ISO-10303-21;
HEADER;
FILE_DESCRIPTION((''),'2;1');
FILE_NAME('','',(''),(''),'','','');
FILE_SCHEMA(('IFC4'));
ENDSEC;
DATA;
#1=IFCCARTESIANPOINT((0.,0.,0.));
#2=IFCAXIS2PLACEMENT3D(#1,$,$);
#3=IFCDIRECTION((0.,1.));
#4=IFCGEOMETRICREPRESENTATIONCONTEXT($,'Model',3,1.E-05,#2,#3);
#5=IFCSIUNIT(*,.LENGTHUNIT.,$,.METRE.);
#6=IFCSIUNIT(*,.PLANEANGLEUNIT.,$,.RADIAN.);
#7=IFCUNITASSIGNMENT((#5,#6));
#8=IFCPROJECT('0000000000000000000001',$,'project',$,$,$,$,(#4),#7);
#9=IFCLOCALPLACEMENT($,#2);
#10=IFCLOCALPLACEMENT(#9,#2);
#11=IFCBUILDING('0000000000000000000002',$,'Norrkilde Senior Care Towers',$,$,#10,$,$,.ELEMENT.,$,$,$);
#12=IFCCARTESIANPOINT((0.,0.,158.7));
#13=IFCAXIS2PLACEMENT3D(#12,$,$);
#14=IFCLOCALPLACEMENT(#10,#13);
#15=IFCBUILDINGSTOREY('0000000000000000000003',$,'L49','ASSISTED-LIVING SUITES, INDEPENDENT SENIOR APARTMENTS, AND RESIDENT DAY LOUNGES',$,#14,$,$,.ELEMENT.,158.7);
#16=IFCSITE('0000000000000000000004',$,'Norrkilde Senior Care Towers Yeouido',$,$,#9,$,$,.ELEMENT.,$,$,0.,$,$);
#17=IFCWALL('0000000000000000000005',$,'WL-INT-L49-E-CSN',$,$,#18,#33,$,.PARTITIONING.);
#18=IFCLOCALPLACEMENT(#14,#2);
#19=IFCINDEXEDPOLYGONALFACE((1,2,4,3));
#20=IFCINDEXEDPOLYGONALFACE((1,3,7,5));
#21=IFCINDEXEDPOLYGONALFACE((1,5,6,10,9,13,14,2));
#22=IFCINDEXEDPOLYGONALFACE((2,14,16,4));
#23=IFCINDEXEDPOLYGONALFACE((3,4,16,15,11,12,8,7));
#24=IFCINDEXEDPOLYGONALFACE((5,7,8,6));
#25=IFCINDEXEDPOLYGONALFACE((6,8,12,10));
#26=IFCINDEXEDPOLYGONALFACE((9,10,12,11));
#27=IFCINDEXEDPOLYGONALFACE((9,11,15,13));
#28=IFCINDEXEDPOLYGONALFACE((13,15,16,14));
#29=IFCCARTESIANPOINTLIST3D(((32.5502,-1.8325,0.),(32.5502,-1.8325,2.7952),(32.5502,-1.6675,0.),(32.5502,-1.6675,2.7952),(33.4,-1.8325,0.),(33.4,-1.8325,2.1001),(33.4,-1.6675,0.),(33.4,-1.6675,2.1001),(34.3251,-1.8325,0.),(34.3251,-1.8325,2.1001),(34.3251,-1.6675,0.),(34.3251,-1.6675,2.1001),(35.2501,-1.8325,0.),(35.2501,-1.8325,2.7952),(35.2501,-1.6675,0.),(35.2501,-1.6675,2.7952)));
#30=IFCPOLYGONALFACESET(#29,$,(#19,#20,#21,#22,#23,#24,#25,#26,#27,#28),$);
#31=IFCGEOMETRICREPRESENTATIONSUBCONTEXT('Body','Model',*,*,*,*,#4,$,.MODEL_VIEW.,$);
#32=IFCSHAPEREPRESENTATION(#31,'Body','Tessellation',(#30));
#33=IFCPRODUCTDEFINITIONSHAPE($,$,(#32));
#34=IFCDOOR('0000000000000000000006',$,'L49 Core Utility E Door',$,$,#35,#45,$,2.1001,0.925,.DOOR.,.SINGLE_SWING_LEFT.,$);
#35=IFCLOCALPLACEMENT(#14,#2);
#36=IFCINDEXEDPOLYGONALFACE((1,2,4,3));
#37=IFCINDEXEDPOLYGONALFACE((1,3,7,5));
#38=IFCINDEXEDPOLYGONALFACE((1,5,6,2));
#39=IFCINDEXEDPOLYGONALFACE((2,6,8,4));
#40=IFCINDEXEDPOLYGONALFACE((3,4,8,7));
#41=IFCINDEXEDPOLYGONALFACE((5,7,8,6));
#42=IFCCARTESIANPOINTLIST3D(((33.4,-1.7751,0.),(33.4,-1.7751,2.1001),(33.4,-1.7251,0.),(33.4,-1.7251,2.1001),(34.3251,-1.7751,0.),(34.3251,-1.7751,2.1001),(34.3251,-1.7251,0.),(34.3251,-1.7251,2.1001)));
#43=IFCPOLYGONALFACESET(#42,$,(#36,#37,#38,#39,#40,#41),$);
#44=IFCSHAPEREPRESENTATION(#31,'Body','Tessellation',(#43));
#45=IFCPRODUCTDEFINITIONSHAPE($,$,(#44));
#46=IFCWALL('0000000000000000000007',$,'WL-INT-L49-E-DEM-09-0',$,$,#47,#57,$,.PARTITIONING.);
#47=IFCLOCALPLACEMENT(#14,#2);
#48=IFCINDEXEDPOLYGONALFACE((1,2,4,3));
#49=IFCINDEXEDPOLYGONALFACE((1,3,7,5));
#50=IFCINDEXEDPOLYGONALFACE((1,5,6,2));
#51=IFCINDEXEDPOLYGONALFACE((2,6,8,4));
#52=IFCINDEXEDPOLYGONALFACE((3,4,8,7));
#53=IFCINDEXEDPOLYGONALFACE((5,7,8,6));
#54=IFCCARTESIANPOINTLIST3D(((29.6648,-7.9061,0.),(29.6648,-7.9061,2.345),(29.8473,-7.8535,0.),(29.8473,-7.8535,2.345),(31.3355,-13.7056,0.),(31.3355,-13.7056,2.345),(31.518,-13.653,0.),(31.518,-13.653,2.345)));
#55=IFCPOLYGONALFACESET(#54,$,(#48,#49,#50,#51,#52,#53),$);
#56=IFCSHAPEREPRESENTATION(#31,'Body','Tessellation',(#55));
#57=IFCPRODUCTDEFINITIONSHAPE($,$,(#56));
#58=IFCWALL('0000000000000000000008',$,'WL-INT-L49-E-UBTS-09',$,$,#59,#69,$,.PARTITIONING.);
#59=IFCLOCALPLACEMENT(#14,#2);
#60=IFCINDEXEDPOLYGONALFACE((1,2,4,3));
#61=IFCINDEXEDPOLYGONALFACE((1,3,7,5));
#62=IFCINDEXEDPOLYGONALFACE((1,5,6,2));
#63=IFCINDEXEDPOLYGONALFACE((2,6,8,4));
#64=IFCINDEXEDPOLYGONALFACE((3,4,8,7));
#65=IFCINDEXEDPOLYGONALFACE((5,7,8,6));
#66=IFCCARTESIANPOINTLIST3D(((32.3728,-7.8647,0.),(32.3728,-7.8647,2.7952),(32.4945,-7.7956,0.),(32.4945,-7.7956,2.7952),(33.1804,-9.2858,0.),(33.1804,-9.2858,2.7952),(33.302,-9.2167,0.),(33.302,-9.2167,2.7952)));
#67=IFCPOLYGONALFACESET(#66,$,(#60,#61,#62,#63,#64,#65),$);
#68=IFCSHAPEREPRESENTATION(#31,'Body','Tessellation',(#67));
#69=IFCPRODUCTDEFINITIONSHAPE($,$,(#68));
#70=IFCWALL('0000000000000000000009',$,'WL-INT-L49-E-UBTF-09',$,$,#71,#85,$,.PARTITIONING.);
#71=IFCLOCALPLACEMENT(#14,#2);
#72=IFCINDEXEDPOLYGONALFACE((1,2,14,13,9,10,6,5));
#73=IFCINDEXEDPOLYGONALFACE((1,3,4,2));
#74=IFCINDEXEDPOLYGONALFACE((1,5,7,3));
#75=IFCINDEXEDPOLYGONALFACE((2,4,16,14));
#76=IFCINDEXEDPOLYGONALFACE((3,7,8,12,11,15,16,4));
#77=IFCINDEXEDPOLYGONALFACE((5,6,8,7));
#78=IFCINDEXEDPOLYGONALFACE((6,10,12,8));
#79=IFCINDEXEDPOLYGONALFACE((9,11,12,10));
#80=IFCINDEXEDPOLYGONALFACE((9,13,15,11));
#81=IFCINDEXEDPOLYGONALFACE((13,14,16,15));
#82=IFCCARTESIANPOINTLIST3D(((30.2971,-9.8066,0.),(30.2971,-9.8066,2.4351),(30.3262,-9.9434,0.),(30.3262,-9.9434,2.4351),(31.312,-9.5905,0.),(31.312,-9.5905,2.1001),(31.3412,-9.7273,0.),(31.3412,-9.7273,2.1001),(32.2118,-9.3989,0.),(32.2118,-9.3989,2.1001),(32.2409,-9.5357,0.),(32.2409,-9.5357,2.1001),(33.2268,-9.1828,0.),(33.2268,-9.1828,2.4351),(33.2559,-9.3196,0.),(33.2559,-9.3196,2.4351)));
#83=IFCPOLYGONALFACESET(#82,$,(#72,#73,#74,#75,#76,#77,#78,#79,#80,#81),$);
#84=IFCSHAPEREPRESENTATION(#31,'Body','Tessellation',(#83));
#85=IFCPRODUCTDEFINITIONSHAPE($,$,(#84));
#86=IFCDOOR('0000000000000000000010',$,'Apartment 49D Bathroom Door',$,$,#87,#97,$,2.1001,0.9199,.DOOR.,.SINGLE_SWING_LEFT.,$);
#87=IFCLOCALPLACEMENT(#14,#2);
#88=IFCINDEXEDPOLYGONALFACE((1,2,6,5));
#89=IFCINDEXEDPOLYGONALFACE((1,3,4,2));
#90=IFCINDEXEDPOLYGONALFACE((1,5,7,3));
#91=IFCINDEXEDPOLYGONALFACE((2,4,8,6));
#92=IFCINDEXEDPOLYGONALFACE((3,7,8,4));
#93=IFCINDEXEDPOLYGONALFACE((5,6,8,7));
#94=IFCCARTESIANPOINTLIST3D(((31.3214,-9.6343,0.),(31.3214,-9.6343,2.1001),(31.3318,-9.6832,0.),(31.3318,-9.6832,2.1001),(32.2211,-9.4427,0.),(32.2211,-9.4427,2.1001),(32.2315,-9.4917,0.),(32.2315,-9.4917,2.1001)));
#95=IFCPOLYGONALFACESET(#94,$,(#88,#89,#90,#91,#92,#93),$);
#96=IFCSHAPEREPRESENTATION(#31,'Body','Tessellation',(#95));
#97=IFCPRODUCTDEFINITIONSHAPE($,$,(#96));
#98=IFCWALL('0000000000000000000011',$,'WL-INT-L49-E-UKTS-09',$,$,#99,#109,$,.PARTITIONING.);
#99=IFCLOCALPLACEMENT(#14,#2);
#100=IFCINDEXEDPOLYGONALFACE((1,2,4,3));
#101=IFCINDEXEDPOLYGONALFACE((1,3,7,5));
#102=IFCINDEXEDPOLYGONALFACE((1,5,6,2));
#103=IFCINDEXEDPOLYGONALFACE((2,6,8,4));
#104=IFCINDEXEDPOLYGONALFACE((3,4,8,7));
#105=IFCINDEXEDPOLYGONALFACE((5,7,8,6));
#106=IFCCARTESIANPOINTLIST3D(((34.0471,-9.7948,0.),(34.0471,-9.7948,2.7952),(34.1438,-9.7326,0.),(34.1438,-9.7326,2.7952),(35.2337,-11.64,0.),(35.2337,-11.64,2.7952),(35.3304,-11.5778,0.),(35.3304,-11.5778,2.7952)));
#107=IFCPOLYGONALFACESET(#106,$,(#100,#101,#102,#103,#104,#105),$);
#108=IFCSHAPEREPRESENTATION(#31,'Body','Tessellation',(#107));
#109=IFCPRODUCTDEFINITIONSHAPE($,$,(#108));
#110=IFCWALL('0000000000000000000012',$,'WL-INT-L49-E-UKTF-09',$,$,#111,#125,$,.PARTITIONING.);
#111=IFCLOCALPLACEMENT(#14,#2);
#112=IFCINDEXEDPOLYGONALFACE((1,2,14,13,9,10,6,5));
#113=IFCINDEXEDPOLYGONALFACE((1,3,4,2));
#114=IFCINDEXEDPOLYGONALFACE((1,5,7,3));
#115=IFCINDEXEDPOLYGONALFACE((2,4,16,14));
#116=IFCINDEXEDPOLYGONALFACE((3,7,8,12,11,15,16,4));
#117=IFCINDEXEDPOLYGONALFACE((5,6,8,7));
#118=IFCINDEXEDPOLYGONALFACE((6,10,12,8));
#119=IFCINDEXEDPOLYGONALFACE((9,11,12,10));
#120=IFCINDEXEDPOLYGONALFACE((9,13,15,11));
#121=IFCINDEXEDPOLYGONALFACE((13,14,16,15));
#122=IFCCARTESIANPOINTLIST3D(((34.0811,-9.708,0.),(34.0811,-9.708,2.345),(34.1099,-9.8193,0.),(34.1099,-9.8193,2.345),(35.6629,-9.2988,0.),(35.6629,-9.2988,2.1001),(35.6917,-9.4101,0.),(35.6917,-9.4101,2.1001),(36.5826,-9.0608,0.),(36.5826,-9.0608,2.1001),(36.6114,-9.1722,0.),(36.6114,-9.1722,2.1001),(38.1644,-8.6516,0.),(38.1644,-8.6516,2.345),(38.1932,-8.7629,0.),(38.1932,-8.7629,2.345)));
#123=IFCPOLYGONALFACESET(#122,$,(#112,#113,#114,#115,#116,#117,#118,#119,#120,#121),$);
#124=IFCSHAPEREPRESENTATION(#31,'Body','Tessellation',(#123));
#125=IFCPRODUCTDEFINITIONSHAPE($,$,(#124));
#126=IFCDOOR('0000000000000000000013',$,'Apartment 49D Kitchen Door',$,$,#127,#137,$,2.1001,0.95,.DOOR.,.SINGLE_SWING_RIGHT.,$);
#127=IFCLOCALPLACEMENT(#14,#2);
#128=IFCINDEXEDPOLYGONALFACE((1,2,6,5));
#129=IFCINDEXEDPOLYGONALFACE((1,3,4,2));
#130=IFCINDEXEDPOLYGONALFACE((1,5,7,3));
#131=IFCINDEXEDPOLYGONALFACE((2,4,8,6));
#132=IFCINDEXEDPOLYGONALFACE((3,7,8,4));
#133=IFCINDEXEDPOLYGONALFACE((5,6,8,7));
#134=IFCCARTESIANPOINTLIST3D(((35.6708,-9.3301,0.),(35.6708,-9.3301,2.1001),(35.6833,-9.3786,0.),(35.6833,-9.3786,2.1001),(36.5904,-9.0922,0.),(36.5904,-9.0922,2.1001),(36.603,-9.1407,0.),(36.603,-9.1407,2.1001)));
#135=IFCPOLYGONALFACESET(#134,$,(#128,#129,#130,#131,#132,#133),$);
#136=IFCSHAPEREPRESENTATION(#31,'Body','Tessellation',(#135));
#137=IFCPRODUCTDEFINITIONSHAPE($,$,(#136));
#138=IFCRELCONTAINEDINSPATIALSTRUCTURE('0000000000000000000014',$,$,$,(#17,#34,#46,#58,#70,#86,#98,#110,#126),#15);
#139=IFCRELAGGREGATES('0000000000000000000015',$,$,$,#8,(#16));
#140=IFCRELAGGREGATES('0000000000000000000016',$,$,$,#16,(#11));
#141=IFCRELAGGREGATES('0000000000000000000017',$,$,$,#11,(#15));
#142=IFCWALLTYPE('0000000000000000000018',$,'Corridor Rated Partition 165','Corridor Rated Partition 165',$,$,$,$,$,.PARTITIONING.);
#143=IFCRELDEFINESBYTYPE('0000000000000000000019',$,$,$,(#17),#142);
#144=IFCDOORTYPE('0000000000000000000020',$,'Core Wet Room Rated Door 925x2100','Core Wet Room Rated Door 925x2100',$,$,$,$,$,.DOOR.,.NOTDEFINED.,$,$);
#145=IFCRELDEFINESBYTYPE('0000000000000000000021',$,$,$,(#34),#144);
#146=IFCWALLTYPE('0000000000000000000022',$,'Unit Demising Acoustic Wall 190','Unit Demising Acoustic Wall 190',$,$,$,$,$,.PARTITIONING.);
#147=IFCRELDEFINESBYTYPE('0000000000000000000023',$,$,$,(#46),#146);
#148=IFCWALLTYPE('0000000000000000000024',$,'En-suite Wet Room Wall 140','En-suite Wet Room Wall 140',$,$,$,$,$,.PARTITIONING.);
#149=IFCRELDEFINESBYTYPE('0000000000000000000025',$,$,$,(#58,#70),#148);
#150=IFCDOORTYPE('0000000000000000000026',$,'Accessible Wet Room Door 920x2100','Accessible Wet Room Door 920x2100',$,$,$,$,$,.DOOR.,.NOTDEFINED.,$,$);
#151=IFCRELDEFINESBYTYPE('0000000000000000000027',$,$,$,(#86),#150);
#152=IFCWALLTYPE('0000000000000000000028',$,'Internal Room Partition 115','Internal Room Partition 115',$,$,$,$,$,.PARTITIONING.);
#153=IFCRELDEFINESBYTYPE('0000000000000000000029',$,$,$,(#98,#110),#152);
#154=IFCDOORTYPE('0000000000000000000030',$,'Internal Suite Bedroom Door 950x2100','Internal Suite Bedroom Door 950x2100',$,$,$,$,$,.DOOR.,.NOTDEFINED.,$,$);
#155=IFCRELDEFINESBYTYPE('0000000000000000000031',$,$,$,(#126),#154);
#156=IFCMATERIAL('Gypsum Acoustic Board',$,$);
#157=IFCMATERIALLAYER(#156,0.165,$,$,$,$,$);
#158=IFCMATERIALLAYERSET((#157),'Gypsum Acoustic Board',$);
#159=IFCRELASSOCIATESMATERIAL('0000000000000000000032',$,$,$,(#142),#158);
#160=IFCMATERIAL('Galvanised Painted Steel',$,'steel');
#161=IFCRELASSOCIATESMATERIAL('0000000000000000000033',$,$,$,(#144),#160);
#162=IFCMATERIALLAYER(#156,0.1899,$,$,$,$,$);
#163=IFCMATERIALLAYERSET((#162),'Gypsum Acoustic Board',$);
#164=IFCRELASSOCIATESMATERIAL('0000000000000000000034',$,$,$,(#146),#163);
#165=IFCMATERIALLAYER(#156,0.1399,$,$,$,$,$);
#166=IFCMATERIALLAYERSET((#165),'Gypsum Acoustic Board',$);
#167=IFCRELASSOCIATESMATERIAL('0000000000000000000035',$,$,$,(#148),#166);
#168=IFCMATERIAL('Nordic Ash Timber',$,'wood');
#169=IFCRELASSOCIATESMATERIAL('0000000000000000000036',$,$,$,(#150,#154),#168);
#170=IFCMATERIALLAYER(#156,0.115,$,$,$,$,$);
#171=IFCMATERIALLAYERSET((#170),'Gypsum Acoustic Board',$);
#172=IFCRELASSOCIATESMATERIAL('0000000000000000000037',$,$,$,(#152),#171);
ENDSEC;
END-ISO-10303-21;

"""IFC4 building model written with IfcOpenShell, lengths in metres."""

from ifc_helpers import new_model, si_unit, direction, frame, frame_2d, origin, place, context, subcontext, project, spatial, rectangle, extrude, source, transform, mapped, material, layer, layer_set, type_object, type_shapes, element, fill, save


model = new_model("IFC4")

# Units and contexts
model_context = context("Model", 3, precision=1e-05, world=origin(), true_north=direction((0.0, 1.0)))
body_context = subcontext(model_context, "Body", "Model", "MODEL_VIEW")
ifc_project = project(units=[si_unit("LENGTHUNIT", "METRE"), si_unit("PLANEANGLEUNIT", "RADIAN")], contexts=[model_context])

# Site, building, storey
site_placement = place(None, origin())
site = spatial("IfcSite", under=ifc_project, at=site_placement, Name="Norrkilde Senior Care Towers Yeouido", CompositionType="ELEMENT", RefElevation=0.0)
building_placement = place(site_placement, origin())
building = spatial("IfcBuilding", under=site, at=building_placement, Name="Norrkilde Senior Care Towers", CompositionType="ELEMENT")
storey_placement = place(building_placement, frame((0.0, 0.0, 158.7)))
storey = spatial("IfcBuildingStorey", under=building, at=storey_placement, Name="L49", Description="ASSISTED-LIVING SUITES, INDEPENDENT SENIOR APARTMENTS, AND RESIDENT DAY LOUNGES", CompositionType="ELEMENT", Elevation=158.7)

# Wall, opening, door
ifc_material_1 = material(Name="Gypsum Acoustic Board")
ifc_layer_1 = layer(ifc_material_1, 0.165)
ifc_layer_set_1 = layer_set([ifc_layer_1], Name="Gypsum Acoustic Board")
wall_type_1 = type_object("IfcWallType", Name="Corridor Rated Partition 165", Description="Corridor Rated Partition 165", PredefinedType="PARTITIONING", material=ifc_layer_set_1)
shared_shape_1 = source(origin(), body_context, "Body", "SweptSolid", [
    extrude(rectangle(XDim=2.7, YDim=0.165, at=frame_2d((1.3501, 0.0))), origin(), (0.0, 0.0, 1.0), 2.7952),
])
type_shapes(wall_type_1, [shared_shape_1])
wall_1_placement = place(storey_placement, frame((32.55, -1.75, 0.0), z_axis=(0.0, 0.0, 1.0), x_axis=(1.0, 0.0, 0.0)))
wall_1 = element("IfcWall", 1, at=wall_1_placement, inside=storey, type_object=wall_type_1, Name="WL-INT-L49-E-CSN", PredefinedType="PARTITIONING", context=body_context, shape_type="MappedRepresentation", body=[
    mapped(shared_shape_1, transform((0.0, 0.0, 0.0), x_axis=(1.0, 0.0, 0.0), y_axis=(0.0, 1.0, 0.0), z_axis=(0.0, 0.0, 1.0), scale=1.0)),
])
opening_1_placement = place(wall_1_placement, frame((0.8501, 0.0, 0.0)))
opening_1 = element("IfcOpeningElement", 2, at=opening_1_placement, cuts=wall_1, PredefinedType="OPENING", context=body_context, shape_type="SweptSolid", body=[
    extrude(rectangle(XDim=0.925, YDim=2.1001, at=frame_2d((0.4624, 1.05))), frame((0.0, 0.0925, 0.0), z_axis=(0.0, -1.0, 0.0), x_axis=(1.0, 0.0, 0.0)), (0.0, 0.0, 1.0), 0.1851),
])
ifc_material_2 = material(Name="Galvanised Painted Steel", Category="steel")
door_type_1 = type_object("IfcDoorType", Name="Core Wet Room Rated Door 925x2100", Description="Core Wet Room Rated Door 925x2100", OperationType="NOTDEFINED", PredefinedType="DOOR", material=ifc_material_2)
shared_shape_2 = source(origin(), body_context, "Body", "SweptSolid", [
    extrude(rectangle(XDim=0.925, YDim=2.1001, at=frame_2d((0.4624, 1.05))), frame((0.0, 0.0249, 0.0), z_axis=(0.0, -1.0, 0.0), x_axis=(1.0, 0.0, 0.0)), (0.0, 0.0, 1.0), 0.05),
])
type_shapes(door_type_1, [shared_shape_2])
door_1_placement = place(opening_1_placement, origin())
door_1 = element("IfcDoor", 3, at=door_1_placement, inside=storey, type_object=door_type_1, Name="L49 Core Utility E Door", OperationType="SINGLE_SWING_LEFT", OverallHeight=2.1001, OverallWidth=0.925, PredefinedType="DOOR", context=body_context, shape_type="MappedRepresentation", body=[
    mapped(shared_shape_2, transform((0.0, 0.0, 0.0), x_axis=(1.0, 0.0, 0.0), y_axis=(0.0, 1.0, 0.0), z_axis=(0.0, 0.0, 1.0), scale=1.0)),
])
fill(opening_1, door_1)

# Walls
ifc_layer_2 = layer(ifc_material_1, 0.1899)
ifc_layer_set_2 = layer_set([ifc_layer_2], Name="Gypsum Acoustic Board")
wall_type_2 = type_object("IfcWallType", Name="Unit Demising Acoustic Wall 190", Description="Unit Demising Acoustic Wall 190", PredefinedType="PARTITIONING", material=ifc_layer_set_2)
shared_shape_3 = source(origin(), body_context, "Body", "SweptSolid", [
    extrude(rectangle(XDim=6.0354, YDim=0.1899, at=frame_2d((3.0176, 0.0))), origin(), (0.0, 0.0, 1.0), 2.345),
])
type_shapes(wall_type_2, [shared_shape_3])
wall_2_placement = place(storey_placement, frame((29.7561, -7.8799, 0.0), z_axis=(0.0, 0.0, 1.0), x_axis=(0.276809, -0.960925, 0.0)))
element("IfcWall", 4, at=wall_2_placement, inside=storey, type_object=wall_type_2, Name="WL-INT-L49-E-DEM-09-0", PredefinedType="PARTITIONING", context=body_context, shape_type="MappedRepresentation", body=[
    mapped(shared_shape_3, transform((0.0, 0.0, 0.0), x_axis=(1.0, 0.0, 0.0), y_axis=(0.0, 1.0, 0.0), z_axis=(0.0, 0.0, 1.0), scale=1.0)),
])
ifc_layer_3 = layer(ifc_material_1, 0.1399)
ifc_layer_set_3 = layer_set([ifc_layer_3], Name="Gypsum Acoustic Board")
wall_type_3 = type_object("IfcWallType", Name="En-suite Wet Room Wall 140", Description="En-suite Wet Room Wall 140", PredefinedType="PARTITIONING", material=ifc_layer_set_3)
shared_shape_4 = source(origin(), body_context, "Body", "SweptSolid", [
    extrude(rectangle(XDim=1.6345, YDim=0.1399, at=frame_2d((0.8174, 0.0))), origin(), (0.0, 0.0, 1.0), 2.7952),
])
wall_3_placement = place(storey_placement, frame((32.4336, -7.8301, 0.0), z_axis=(0.0, 0.0, 1.0), x_axis=(0.494079, -0.869417, 0.0)))
element("IfcWall", 5, at=wall_3_placement, inside=storey, type_object=wall_type_3, Name="WL-INT-L49-E-UBTS-09", PredefinedType="PARTITIONING", context=body_context, shape_type="MappedRepresentation", body=[
    mapped(shared_shape_4, transform((0.0, 0.0, 0.0), x_axis=(1.0, 0.0, 0.0), y_axis=(0.0, 1.0, 0.0), z_axis=(0.0, 0.0, 1.0), scale=1.0)),
])

# Wall, opening, door
shared_shape_5 = source(origin(), body_context, "Body", "SweptSolid", [
    extrude(rectangle(XDim=2.9954, YDim=0.1399, at=frame_2d((1.4976, 0.0))), origin(), (0.0, 0.0, 1.0), 2.4351),
])
type_shapes(wall_type_3, [shared_shape_4, shared_shape_5])
wall_4_placement = place(storey_placement, frame((33.2412, -9.2512, 0.0), z_axis=(0.0, 0.0, 1.0), x_axis=(-0.978076, -0.208249, 0.0)))
wall_4 = element("IfcWall", 6, at=wall_4_placement, inside=storey, type_object=wall_type_3, Name="WL-INT-L49-E-UBTF-09", PredefinedType="PARTITIONING", context=body_context, shape_type="MappedRepresentation", body=[
    mapped(shared_shape_5, transform((0.0, 0.0, 0.0), x_axis=(1.0, 0.0, 0.0), y_axis=(0.0, 1.0, 0.0), z_axis=(0.0, 0.0, 1.0), scale=1.0)),
])
opening_2_placement = place(wall_4_placement, frame((1.0376, 0.0, 0.0)))
opening_2 = element("IfcOpeningElement", 7, at=opening_2_placement, cuts=wall_4, PredefinedType="OPENING", context=body_context, shape_type="SweptSolid", body=[
    extrude(rectangle(XDim=0.9199, YDim=2.1001, at=frame_2d((0.46, 1.05))), frame((0.0, 0.0798, 0.0), z_axis=(0.0, -1.0, 0.0), x_axis=(1.0, 0.0, 0.0)), (0.0, 0.0, 1.0), 0.1599),
])
ifc_material_3 = material(Name="Nordic Ash Timber", Category="wood")
door_type_2 = type_object("IfcDoorType", Name="Accessible Wet Room Door 920x2100", Description="Accessible Wet Room Door 920x2100", OperationType="NOTDEFINED", PredefinedType="DOOR", material=ifc_material_3)
shared_shape_6 = source(origin(), body_context, "Body", "SweptSolid", [
    extrude(rectangle(XDim=0.9199, YDim=2.1001, at=frame_2d((0.46, 1.05))), frame((0.0, 0.0249, 0.0), z_axis=(0.0, -1.0, 0.0), x_axis=(1.0, 0.0, 0.0)), (0.0, 0.0, 1.0), 0.05),
])
type_shapes(door_type_2, [shared_shape_6])
door_2_placement = place(opening_2_placement, origin())
door_2 = element("IfcDoor", 8, at=door_2_placement, inside=storey, type_object=door_type_2, Name="Apartment 49D Bathroom Door", OperationType="SINGLE_SWING_LEFT", OverallHeight=2.1001, OverallWidth=0.9199, PredefinedType="DOOR", context=body_context, shape_type="MappedRepresentation", body=[
    mapped(shared_shape_6, transform((0.0, 0.0, 0.0), x_axis=(1.0, 0.0, 0.0), y_axis=(0.0, 1.0, 0.0), z_axis=(0.0, 0.0, 1.0), scale=1.0)),
])
fill(opening_2, door_2)

# Wall
ifc_layer_4 = layer(ifc_material_1, 0.115)
ifc_layer_set_4 = layer_set([ifc_layer_4], Name="Gypsum Acoustic Board")
wall_type_4 = type_object("IfcWallType", Name="Internal Room Partition 115", Description="Internal Room Partition 115", PredefinedType="PARTITIONING", material=ifc_layer_set_4)
shared_shape_7 = source(origin(), body_context, "Body", "SweptSolid", [
    extrude(rectangle(XDim=2.1938, YDim=0.115, at=frame_2d((1.0969, 0.0))), origin(), (0.0, 0.0, 1.0), 2.7952),
])
wall_5_placement = place(storey_placement, frame((34.0955, -9.7637, 0.0), z_axis=(0.0, 0.0, 1.0), x_axis=(0.540859, -0.841113, 0.0)))
element("IfcWall", 9, at=wall_5_placement, inside=storey, type_object=wall_type_4, Name="WL-INT-L49-E-UKTS-09", PredefinedType="PARTITIONING", context=body_context, shape_type="MappedRepresentation", body=[
    mapped(shared_shape_7, transform((0.0, 0.0, 0.0), x_axis=(1.0, 0.0, 0.0), y_axis=(0.0, 1.0, 0.0), z_axis=(0.0, 0.0, 1.0), scale=1.0)),
])

# Wall, opening, door
shared_shape_8 = source(origin(), body_context, "Body", "SweptSolid", [
    extrude(rectangle(XDim=4.2178, YDim=0.115, at=frame_2d((2.1089, 0.0))), origin(), (0.0, 0.0, 1.0), 2.345),
])
type_shapes(wall_type_4, [shared_shape_7, shared_shape_8])
wall_6_placement = place(storey_placement, frame((34.0955, -9.7637, 0.0), z_axis=(0.0, 0.0, 1.0), x_axis=(0.968125, 0.250468, 0.0)))
wall_6 = element("IfcWall", 10, at=wall_6_placement, inside=storey, type_object=wall_type_4, Name="WL-INT-L49-E-UKTF-09", PredefinedType="PARTITIONING", context=body_context, shape_type="MappedRepresentation", body=[
    mapped(shared_shape_8, transform((0.0, 0.0, 0.0), x_axis=(1.0, 0.0, 0.0), y_axis=(0.0, 1.0, 0.0), z_axis=(0.0, 0.0, 1.0), scale=1.0)),
])
opening_3_placement = place(wall_6_placement, frame((1.6338, 0.0, 0.0)))
opening_3 = element("IfcOpeningElement", 11, at=opening_3_placement, cuts=wall_6, PredefinedType="OPENING", context=body_context, shape_type="SweptSolid", body=[
    extrude(rectangle(XDim=0.95, YDim=2.1001, at=frame_2d((0.4751, 1.05))), frame((0.0, 0.0674, 0.0), z_axis=(0.0, -1.0, 0.0), x_axis=(1.0, 0.0, 0.0)), (0.0, 0.0, 1.0), 0.135),
])
door_type_3 = type_object("IfcDoorType", Name="Internal Suite Bedroom Door 950x2100", Description="Internal Suite Bedroom Door 950x2100", OperationType="NOTDEFINED", PredefinedType="DOOR", material=ifc_material_3)
shared_shape_9 = source(origin(), body_context, "Body", "SweptSolid", [
    extrude(rectangle(XDim=0.95, YDim=2.1001, at=frame_2d((0.4751, 1.05))), frame((0.0, 0.0249, 0.0), z_axis=(0.0, -1.0, 0.0), x_axis=(1.0, 0.0, 0.0)), (0.0, 0.0, 1.0), 0.05),
])
type_shapes(door_type_3, [shared_shape_9])
door_3_placement = place(opening_3_placement, frame((0.95, 0.0, 0.0), z_axis=(0.0, 0.0, 1.0), x_axis=(-1.0, 0.0, 0.0)))
door_3 = element("IfcDoor", 12, at=door_3_placement, inside=storey, type_object=door_type_3, Name="Apartment 49D Kitchen Door", OperationType="SINGLE_SWING_RIGHT", OverallHeight=2.1001, OverallWidth=0.95, PredefinedType="DOOR", context=body_context, shape_type="MappedRepresentation", body=[
    mapped(shared_shape_9, transform((0.0, 0.0, 0.0), x_axis=(1.0, 0.0, 0.0), y_axis=(0.0, 1.0, 0.0), z_axis=(0.0, 0.0, 1.0), scale=1.0)),
])
fill(opening_3, door_3)

save(model, "model.ifc")
